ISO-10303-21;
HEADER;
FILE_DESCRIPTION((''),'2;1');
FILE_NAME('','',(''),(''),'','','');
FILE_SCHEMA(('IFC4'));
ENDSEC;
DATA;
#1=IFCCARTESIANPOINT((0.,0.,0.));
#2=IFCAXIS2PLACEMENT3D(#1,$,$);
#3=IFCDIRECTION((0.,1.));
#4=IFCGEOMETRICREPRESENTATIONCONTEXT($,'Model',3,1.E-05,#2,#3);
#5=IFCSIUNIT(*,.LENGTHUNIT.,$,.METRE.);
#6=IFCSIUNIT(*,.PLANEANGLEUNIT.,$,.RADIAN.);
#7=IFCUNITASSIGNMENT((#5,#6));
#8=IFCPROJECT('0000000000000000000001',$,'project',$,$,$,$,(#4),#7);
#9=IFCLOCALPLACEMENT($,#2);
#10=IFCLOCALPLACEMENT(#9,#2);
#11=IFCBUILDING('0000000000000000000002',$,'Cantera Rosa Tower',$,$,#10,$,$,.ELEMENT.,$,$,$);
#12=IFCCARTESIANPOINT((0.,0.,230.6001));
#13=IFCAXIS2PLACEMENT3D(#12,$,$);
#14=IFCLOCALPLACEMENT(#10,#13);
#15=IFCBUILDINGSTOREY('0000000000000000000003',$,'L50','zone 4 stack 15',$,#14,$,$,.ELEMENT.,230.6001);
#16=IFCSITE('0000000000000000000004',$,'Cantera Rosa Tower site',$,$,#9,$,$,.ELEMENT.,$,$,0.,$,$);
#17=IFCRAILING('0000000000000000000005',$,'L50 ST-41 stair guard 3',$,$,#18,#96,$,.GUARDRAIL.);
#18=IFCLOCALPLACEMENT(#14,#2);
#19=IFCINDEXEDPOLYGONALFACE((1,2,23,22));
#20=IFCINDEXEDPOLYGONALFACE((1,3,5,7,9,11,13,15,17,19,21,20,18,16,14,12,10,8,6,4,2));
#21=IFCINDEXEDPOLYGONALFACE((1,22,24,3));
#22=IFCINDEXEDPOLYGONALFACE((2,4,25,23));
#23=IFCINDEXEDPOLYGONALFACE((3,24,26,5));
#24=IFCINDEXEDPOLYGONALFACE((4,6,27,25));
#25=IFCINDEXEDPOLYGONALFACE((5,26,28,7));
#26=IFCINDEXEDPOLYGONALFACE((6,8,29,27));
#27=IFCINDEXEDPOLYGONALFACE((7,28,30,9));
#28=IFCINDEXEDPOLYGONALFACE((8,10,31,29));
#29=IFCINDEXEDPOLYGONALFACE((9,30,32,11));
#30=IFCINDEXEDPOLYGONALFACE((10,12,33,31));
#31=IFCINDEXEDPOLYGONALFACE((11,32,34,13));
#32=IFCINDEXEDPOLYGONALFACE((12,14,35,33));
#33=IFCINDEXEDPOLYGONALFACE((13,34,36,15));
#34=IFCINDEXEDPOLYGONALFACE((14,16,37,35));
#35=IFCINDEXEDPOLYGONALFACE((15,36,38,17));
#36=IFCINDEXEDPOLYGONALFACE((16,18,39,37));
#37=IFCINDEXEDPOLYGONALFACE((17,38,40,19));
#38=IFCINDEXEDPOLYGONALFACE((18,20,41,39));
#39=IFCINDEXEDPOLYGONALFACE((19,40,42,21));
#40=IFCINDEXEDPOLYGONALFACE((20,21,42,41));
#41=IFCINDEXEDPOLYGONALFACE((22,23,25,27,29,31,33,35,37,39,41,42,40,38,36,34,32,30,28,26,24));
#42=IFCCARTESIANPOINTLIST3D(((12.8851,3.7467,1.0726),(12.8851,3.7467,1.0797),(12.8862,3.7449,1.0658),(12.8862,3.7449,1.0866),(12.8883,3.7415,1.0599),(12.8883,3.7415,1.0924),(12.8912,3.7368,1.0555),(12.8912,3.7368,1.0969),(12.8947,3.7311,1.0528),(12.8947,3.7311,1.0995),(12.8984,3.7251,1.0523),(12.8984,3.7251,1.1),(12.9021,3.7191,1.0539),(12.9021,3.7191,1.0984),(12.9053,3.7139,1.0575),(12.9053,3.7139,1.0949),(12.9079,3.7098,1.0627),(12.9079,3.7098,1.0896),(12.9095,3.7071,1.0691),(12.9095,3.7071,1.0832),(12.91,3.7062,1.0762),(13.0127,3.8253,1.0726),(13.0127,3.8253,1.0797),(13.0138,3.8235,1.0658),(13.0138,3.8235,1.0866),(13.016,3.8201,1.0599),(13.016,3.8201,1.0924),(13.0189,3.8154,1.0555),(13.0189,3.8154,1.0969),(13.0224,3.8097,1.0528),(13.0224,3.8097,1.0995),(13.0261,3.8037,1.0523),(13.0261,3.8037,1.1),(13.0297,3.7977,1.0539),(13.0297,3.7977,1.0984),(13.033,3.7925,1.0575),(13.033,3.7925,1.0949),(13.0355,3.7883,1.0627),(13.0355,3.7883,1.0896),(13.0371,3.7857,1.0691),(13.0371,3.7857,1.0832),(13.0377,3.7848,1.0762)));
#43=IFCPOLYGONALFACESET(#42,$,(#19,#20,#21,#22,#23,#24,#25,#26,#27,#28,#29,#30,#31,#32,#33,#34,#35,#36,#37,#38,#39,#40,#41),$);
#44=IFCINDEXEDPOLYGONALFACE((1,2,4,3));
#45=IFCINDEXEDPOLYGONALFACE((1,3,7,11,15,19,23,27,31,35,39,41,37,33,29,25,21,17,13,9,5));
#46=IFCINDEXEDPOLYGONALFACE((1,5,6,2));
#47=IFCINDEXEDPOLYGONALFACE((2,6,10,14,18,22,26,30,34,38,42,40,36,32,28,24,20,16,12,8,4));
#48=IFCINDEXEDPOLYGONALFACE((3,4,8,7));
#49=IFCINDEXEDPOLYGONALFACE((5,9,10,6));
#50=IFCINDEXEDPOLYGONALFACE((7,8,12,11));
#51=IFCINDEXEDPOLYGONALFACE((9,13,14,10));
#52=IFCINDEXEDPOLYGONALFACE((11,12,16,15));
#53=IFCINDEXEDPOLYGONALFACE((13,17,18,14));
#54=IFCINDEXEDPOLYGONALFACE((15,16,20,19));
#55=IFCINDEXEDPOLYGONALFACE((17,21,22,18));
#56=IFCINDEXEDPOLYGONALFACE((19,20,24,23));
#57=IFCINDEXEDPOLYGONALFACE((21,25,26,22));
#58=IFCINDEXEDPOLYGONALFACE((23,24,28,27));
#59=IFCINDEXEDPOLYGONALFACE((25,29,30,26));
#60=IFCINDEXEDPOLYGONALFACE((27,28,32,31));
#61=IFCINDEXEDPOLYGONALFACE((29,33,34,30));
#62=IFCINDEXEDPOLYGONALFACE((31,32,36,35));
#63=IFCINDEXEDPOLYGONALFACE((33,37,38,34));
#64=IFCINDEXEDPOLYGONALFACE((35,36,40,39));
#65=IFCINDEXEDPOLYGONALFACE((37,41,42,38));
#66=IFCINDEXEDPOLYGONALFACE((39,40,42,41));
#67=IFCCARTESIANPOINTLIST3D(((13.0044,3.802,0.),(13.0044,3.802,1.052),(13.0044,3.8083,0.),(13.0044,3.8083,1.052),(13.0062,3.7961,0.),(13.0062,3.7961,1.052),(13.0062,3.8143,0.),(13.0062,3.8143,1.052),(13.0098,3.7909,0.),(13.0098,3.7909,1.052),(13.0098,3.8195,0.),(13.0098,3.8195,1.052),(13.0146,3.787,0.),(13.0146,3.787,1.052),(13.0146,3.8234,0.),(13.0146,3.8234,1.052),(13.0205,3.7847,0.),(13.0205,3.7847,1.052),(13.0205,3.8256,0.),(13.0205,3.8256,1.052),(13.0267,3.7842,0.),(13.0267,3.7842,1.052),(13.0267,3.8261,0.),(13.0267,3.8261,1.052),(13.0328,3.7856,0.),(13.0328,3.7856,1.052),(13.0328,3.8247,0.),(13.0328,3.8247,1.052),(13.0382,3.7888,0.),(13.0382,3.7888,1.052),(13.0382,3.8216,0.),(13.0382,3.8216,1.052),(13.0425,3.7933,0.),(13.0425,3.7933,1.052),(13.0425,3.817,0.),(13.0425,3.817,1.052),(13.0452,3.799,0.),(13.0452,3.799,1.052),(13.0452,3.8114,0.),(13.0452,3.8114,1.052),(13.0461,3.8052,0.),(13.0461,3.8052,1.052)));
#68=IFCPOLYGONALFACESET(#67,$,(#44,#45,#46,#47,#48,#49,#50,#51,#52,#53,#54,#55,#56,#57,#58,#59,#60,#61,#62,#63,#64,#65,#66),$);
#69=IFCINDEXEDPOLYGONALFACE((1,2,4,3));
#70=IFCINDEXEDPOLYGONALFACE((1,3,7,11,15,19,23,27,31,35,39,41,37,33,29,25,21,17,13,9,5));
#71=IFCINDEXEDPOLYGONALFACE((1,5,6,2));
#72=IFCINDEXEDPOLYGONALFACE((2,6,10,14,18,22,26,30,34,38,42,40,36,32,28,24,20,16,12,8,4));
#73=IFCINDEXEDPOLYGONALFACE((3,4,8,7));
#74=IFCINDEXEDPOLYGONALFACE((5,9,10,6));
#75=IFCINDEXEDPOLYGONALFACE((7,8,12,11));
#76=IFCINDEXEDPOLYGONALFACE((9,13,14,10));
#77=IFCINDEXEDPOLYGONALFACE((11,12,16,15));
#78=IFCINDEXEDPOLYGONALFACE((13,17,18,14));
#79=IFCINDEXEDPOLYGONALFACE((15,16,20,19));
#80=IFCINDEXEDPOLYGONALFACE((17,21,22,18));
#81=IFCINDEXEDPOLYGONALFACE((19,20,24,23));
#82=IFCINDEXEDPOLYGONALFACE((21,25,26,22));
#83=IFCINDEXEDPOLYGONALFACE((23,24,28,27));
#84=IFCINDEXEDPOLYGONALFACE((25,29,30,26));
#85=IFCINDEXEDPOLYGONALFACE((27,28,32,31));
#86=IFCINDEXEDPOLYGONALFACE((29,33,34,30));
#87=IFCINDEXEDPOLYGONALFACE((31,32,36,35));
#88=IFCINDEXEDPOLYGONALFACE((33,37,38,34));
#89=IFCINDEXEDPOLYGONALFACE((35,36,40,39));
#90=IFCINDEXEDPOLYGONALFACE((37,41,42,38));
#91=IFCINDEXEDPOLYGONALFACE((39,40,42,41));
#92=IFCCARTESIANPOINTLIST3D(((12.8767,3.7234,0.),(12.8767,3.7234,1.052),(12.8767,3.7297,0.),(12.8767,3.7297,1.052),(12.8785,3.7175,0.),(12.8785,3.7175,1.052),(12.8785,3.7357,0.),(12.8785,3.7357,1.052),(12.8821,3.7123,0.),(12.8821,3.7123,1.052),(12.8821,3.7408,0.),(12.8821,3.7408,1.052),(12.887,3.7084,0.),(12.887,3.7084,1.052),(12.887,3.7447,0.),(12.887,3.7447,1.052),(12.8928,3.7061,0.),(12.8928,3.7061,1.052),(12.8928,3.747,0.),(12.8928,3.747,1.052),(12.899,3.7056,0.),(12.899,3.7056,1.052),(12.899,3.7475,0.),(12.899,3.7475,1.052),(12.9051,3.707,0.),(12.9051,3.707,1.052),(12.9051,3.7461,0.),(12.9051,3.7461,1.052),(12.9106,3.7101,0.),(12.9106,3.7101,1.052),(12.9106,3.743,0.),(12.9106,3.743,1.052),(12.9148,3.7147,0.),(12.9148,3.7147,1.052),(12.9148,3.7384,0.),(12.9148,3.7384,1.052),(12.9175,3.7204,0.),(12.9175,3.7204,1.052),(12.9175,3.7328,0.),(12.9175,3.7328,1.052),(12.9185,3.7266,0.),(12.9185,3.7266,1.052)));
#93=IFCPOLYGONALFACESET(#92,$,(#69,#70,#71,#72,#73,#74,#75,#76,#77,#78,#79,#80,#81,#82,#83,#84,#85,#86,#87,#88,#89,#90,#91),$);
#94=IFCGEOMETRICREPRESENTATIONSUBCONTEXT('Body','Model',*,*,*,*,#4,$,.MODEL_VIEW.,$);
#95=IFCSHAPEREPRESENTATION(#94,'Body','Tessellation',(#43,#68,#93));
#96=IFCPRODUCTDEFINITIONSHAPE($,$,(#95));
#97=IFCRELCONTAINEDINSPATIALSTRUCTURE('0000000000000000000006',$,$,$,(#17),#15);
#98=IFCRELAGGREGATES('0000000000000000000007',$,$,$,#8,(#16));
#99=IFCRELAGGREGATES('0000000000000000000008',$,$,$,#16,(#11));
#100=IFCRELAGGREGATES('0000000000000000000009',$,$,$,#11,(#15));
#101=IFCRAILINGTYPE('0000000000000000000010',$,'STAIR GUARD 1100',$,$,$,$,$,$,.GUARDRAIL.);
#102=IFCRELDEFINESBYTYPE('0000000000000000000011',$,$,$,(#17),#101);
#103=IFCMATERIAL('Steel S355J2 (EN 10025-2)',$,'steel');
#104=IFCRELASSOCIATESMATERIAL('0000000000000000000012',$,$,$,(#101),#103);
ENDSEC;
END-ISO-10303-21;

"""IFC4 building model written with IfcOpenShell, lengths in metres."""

from ifc_helpers import new_model, si_unit, direction, frame, origin, origin_2d, place, context, subcontext, project, spatial, circle, extrude, material, type_object, element, save


model = new_model("IFC4")

# Units and contexts
model_context = context("Model", 3, precision=1e-05, world=origin(), true_north=direction((0.0, 1.0)))
body_context = subcontext(model_context, "Body", "Model", "MODEL_VIEW")
ifc_project = project(units=[si_unit("LENGTHUNIT", "METRE"), si_unit("PLANEANGLEUNIT", "RADIAN")], contexts=[model_context])

# Site, building, storey
site_placement = place(None, origin())
site = spatial("IfcSite", under=ifc_project, at=site_placement, Name="Cantera Rosa Tower site", CompositionType="ELEMENT", RefElevation=0.0)
building_placement = place(site_placement, origin())
building = spatial("IfcBuilding", under=site, at=building_placement, Name="Cantera Rosa Tower", CompositionType="ELEMENT")
storey_placement = place(building_placement, frame((0.0, 0.0, 230.6001)))
storey = spatial("IfcBuildingStorey", under=building, at=storey_placement, Name="L50", Description="zone 4 stack 15", CompositionType="ELEMENT", Elevation=230.6001)

# Railing
ifc_material_1 = material(Name="Steel S355J2 (EN 10025-2)", Category="steel")
railing_type_1 = type_object("IfcRailingType", Name="STAIR GUARD 1100", PredefinedType="GUARDRAIL", material=ifc_material_1)
railing_1_placement = place(storey_placement, frame((13.0251, 3.8052, 0.0)))
element("IfcRailing", 1, at=railing_1_placement, inside=storey, type_object=railing_type_1, Name="L50 ST-41 stair guard 3", PredefinedType="GUARDRAIL", context=body_context, shape_type="SweptSolid", body=[
    extrude(circle(Radius=0.0239, at=origin_2d()), frame((0.0, 0.0, 1.0762), z_axis=(-0.851546, -0.524279, 0.0), x_axis=(0.524279, -0.851546, 0.0)), (0.0, 0.0, 1.0), 0.1499),
    extrude(circle(Radius=0.021, at=origin_2d()), origin(), (0.0, 0.0, 1.0), 1.052),
    extrude(circle(Radius=0.021, at=origin_2d()), frame((-0.1277, -0.0786, 0.0)), (0.0, 0.0, 1.0), 1.052),
])

save(model, "model.ifc")
